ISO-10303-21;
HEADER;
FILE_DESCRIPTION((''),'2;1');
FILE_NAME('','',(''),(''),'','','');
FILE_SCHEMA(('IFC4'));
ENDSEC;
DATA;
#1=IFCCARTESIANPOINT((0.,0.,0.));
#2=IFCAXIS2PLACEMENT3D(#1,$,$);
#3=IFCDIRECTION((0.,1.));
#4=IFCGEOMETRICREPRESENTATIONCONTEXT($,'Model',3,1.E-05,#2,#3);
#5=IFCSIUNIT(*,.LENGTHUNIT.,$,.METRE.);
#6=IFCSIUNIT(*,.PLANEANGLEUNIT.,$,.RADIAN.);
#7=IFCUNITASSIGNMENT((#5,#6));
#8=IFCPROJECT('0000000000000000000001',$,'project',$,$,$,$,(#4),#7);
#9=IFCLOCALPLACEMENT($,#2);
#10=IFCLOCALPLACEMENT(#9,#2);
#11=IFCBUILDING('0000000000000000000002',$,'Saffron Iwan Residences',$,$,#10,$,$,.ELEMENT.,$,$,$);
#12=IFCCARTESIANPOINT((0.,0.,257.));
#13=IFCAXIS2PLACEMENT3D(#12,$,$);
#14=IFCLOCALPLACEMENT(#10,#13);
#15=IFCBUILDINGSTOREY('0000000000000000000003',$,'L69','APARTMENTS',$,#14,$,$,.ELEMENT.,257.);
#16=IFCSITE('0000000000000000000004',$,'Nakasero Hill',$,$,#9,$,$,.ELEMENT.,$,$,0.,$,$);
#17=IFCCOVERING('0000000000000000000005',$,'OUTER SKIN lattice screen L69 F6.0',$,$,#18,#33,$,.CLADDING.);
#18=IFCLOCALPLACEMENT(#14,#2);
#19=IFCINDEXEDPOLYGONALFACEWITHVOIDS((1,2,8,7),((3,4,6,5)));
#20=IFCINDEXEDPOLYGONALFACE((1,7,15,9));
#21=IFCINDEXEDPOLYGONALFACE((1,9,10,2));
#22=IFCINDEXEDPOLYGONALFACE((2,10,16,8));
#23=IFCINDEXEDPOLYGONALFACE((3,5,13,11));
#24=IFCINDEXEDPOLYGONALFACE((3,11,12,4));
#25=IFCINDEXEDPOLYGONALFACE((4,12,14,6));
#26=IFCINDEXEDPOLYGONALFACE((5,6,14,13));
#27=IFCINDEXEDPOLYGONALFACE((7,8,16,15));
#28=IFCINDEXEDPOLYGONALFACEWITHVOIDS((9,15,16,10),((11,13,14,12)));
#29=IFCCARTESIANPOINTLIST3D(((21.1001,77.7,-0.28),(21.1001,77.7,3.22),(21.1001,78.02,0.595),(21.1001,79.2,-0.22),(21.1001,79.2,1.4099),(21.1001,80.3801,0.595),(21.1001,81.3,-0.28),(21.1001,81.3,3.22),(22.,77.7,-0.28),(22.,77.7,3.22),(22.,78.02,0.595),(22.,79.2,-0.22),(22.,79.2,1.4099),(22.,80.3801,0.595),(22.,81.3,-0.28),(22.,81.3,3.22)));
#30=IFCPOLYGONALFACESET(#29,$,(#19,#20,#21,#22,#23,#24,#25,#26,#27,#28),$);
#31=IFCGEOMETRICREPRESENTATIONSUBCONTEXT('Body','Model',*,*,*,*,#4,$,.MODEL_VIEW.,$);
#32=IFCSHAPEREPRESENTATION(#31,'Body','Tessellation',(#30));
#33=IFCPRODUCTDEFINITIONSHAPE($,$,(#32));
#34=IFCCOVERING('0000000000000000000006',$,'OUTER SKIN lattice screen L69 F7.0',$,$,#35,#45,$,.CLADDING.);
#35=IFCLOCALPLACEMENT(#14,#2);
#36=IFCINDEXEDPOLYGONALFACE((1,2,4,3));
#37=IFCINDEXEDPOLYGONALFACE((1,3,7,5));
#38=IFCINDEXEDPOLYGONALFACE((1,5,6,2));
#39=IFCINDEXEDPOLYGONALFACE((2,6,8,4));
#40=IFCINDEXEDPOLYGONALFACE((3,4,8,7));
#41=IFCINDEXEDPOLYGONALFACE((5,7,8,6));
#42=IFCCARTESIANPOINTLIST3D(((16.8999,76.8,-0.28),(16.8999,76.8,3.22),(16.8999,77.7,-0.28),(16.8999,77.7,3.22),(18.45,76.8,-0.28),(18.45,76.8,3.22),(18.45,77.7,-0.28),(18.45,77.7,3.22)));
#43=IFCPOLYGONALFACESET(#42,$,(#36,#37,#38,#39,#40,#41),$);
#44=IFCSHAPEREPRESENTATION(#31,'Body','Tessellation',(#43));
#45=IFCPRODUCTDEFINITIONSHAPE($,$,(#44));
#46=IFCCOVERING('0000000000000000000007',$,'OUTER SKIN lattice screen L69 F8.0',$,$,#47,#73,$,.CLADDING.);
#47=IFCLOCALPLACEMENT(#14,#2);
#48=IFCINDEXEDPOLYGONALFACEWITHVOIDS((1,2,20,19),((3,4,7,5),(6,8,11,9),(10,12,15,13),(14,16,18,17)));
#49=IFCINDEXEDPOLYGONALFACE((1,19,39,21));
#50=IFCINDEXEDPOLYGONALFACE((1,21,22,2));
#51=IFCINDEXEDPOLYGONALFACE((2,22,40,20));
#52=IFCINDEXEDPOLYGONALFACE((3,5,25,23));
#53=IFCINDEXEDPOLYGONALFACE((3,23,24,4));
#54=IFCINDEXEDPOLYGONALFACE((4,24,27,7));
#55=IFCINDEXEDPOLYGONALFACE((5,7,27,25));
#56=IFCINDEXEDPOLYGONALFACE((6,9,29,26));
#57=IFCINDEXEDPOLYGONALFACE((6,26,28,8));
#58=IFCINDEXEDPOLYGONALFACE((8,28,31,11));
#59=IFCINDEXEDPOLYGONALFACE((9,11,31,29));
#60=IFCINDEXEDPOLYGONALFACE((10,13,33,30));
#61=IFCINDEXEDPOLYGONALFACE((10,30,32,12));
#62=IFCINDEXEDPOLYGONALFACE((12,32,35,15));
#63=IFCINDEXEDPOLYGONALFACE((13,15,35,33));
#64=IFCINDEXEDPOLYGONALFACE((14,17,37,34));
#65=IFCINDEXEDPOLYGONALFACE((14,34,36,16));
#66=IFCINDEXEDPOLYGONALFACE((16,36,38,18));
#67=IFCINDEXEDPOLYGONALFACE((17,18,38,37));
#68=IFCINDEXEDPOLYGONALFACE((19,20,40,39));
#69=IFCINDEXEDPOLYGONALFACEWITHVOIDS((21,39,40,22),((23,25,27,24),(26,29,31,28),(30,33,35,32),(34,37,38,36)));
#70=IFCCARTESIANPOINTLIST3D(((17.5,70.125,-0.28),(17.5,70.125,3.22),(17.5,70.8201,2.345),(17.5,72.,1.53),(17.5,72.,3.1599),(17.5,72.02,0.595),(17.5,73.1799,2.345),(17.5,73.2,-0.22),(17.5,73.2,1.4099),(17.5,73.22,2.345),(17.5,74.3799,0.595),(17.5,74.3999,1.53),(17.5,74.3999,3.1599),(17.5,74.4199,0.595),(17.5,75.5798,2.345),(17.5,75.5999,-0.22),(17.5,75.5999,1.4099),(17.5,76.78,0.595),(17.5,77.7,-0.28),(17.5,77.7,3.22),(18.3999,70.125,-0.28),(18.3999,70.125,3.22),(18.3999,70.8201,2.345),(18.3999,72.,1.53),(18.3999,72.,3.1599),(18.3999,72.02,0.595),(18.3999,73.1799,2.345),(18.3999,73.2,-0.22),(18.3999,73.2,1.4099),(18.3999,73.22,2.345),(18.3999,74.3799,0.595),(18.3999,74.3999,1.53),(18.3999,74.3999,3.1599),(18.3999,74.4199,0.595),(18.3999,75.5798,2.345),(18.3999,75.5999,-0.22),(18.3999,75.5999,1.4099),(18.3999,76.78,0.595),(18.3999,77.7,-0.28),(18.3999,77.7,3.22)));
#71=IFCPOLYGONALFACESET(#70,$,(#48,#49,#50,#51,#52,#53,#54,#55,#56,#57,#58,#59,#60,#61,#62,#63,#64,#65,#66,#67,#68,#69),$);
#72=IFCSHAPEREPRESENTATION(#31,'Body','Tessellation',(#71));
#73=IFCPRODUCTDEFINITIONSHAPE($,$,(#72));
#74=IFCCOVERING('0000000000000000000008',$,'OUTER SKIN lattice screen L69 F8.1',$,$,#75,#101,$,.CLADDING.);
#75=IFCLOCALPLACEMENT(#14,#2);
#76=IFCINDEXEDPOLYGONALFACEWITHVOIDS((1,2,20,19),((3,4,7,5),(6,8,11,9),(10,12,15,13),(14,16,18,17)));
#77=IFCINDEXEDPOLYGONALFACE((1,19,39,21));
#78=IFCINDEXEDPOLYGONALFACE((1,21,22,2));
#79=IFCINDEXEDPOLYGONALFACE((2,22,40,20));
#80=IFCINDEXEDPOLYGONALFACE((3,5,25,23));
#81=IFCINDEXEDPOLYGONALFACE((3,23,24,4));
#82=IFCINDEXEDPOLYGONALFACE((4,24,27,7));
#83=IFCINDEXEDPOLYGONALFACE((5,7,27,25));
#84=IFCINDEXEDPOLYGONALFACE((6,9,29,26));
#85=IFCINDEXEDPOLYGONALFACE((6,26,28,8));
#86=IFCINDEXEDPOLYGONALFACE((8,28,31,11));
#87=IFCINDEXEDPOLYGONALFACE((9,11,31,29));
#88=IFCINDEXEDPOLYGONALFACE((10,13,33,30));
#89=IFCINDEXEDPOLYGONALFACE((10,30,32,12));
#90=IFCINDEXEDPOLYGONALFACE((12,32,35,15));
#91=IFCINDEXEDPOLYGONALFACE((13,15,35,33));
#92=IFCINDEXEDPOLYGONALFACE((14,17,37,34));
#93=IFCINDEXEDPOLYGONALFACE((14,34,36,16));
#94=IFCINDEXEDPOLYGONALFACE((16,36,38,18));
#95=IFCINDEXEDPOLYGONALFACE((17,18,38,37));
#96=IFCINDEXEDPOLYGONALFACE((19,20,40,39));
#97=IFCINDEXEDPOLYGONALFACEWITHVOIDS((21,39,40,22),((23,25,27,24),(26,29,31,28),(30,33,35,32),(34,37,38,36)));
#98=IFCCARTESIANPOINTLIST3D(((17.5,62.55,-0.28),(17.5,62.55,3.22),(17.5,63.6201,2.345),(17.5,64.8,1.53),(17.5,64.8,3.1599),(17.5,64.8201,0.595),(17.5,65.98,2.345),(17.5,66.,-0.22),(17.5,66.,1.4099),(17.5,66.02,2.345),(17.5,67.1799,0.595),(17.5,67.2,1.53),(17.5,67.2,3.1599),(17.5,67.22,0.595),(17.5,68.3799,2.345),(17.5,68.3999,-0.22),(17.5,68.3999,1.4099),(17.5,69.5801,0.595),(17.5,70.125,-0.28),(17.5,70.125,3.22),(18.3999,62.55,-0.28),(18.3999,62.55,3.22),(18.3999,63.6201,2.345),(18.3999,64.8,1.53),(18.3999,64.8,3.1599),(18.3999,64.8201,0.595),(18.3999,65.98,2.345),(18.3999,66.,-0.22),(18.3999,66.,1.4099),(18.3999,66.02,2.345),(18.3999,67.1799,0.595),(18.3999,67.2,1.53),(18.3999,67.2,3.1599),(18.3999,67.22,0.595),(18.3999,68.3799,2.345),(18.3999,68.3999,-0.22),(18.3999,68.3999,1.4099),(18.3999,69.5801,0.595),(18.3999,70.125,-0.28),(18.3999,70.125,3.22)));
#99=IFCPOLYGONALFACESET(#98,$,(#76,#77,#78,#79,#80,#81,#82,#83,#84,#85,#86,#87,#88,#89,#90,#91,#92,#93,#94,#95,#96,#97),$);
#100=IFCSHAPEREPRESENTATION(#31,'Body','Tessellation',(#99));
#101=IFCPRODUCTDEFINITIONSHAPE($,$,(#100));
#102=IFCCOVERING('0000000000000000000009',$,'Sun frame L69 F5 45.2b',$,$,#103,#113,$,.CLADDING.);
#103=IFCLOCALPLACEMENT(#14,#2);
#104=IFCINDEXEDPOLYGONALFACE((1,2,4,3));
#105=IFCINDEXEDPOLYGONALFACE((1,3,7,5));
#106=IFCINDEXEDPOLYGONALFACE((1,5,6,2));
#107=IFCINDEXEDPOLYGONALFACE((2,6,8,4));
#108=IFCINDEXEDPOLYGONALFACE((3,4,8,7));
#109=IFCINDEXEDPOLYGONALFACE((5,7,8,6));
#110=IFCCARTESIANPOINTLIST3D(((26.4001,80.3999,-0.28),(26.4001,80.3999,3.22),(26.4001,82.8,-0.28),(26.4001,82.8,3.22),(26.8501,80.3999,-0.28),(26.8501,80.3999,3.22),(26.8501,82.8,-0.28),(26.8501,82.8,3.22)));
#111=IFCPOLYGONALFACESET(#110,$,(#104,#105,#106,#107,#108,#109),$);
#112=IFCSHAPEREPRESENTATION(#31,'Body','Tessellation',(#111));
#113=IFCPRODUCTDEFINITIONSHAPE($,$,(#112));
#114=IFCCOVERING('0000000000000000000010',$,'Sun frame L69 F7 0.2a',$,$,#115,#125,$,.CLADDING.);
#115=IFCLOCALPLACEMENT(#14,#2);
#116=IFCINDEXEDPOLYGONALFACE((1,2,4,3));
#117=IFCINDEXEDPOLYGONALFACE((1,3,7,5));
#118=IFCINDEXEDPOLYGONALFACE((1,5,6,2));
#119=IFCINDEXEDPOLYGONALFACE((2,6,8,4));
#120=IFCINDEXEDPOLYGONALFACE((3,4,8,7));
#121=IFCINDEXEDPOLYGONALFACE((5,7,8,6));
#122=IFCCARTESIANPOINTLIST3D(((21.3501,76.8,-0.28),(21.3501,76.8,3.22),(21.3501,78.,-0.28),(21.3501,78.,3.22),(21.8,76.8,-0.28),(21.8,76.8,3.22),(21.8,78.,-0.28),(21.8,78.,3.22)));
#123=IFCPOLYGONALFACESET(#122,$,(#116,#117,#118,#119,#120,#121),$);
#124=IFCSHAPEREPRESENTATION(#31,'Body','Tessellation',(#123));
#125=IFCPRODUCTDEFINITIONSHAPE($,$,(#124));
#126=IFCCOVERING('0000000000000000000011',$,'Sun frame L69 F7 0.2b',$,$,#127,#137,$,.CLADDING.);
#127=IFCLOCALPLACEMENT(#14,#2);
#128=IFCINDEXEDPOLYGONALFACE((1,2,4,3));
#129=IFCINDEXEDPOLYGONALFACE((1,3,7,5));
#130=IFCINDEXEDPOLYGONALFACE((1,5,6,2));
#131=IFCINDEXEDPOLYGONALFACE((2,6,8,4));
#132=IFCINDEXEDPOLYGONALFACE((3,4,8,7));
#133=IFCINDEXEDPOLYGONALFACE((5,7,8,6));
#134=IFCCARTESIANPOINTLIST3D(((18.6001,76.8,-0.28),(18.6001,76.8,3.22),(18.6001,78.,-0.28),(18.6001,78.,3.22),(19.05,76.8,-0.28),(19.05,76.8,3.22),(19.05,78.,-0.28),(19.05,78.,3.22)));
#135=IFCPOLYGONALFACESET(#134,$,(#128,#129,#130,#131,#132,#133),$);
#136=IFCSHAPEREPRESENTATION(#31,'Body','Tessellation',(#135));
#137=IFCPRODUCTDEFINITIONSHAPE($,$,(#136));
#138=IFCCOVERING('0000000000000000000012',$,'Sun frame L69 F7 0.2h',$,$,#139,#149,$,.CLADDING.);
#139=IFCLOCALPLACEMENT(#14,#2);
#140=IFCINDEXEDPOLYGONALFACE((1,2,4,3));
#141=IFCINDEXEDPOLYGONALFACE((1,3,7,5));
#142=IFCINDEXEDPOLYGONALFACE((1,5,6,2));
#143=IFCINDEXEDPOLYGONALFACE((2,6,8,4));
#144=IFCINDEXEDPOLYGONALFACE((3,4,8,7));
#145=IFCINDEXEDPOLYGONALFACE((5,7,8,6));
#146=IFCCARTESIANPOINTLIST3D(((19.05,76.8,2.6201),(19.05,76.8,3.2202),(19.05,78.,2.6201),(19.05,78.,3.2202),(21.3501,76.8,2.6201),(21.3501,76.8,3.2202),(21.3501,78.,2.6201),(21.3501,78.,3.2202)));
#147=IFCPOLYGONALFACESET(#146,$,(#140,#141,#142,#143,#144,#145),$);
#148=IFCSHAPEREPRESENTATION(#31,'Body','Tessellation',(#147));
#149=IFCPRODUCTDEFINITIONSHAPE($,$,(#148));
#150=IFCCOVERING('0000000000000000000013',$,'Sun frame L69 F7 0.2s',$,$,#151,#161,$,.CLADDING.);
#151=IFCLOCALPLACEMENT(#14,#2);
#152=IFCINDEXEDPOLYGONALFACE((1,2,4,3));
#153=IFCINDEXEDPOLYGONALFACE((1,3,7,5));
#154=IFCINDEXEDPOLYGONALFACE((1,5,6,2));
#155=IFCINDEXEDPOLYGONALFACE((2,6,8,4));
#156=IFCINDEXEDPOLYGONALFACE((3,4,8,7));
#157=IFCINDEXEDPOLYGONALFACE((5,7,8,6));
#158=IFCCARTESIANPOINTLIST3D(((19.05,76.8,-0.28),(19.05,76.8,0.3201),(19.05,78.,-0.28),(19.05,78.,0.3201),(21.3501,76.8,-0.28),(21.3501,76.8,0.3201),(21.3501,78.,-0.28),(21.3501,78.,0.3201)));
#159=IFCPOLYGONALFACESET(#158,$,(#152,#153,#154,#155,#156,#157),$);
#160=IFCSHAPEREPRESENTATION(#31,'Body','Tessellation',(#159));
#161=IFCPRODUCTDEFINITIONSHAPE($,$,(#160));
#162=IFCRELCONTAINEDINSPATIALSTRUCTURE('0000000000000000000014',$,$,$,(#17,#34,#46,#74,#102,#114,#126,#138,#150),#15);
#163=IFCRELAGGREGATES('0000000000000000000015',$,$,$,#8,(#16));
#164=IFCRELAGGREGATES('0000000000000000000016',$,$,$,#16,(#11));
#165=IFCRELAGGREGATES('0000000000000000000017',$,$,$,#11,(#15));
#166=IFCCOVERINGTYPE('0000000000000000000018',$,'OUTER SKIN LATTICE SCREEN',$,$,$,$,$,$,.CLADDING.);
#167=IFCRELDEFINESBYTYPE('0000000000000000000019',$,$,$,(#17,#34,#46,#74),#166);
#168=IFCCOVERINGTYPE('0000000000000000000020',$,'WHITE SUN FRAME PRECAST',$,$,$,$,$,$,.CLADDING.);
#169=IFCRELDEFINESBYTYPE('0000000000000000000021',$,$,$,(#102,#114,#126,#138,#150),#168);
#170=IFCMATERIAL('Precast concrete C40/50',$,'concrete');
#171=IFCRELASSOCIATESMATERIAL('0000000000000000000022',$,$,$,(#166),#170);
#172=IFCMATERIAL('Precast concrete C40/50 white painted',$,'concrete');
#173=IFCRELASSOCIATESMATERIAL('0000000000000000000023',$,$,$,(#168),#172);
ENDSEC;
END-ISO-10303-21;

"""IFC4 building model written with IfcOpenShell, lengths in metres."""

from ifc_helpers import new_model, si_unit, direction, frame, origin, place, context, subcontext, project, spatial, polyline, outline, extrude, material, type_object, element, save


model = new_model("IFC4")

# Units and contexts
model_context = context("Model", 3, precision=1e-05, world=origin(), true_north=direction((0.0, 1.0)))
body_context = subcontext(model_context, "Body", "Model", "MODEL_VIEW")
ifc_project = project(units=[si_unit("LENGTHUNIT", "METRE"), si_unit("PLANEANGLEUNIT", "RADIAN")], contexts=[model_context])

# Site, building, storey
site_placement = place(None, origin())
site = spatial("IfcSite", under=ifc_project, at=site_placement, Name="Nakasero Hill", CompositionType="ELEMENT", RefElevation=0.0)
building_placement = place(site_placement, origin())
building = spatial("IfcBuilding", under=site, at=building_placement, Name="Saffron Iwan Residences", CompositionType="ELEMENT")
storey_placement = place(building_placement, frame((0.0, 0.0, 257.0)))
storey = spatial("IfcBuildingStorey", under=building, at=storey_placement, Name="L69", Description="APARTMENTS", CompositionType="ELEMENT", Elevation=257.0)

# Coverings
ifc_material_1 = material(Name="Precast concrete C40/50", Category="concrete")
covering_type_1 = type_object("IfcCoveringType", Name="OUTER SKIN LATTICE SCREEN", PredefinedType="CLADDING", material=ifc_material_1)
covering_1_placement = place(storey_placement, frame((22.0, 81.3, -0.28), z_axis=(-1.0, 0.0, 0.0), x_axis=(0.0, -1.0, 0.0)))
element("IfcCovering", 1, at=covering_1_placement, inside=storey, type_object=covering_type_1, Name="OUTER SKIN lattice screen L69 F6.0", PredefinedType="CLADDING", context=body_context, shape_type="SweptSolid", body=[
    extrude(outline(polyline([(0.0, 0.0), (3.6001, 0.0), (3.6001, 3.5), (0.0, 3.5), (0.0, 0.0)]), holes=[polyline([(0.9199, 0.875), (2.1001, 0.0601), (3.28, 0.875), (2.1001, 1.6899), (0.9199, 0.875)])]), origin(), (0.0, 0.0, 1.0), 0.8999),
])
covering_2_placement = place(storey_placement, frame((18.45, 76.8, -0.28), z_axis=(0.0, 1.0, 0.0), x_axis=(-1.0, 0.0, 0.0)))
element("IfcCovering", 2, at=covering_2_placement, inside=storey, type_object=covering_type_1, Name="OUTER SKIN lattice screen L69 F7.0", PredefinedType="CLADDING", context=body_context, shape_type="SweptSolid", body=[
    extrude(outline(polyline([(0.0, 0.0), (1.55, 0.0), (1.55, 3.5), (0.0, 3.5), (0.0, 0.0)])), origin(), (0.0, 0.0, 1.0), 0.8999),
])
covering_3_placement = place(storey_placement, frame((18.3999, 77.7, -0.28), z_axis=(-1.0, 0.0, 0.0), x_axis=(0.0, -1.0, 0.0)))
element("IfcCovering", 3, at=covering_3_placement, inside=storey, type_object=covering_type_1, Name="OUTER SKIN lattice screen L69 F8.0", PredefinedType="CLADDING", context=body_context, shape_type="SweptSolid", body=[
    extrude(outline(polyline([(0.0, 0.0), (7.575, 0.0), (7.575, 3.5), (0.0, 3.5), (0.0, 0.0)]), holes=[polyline([(0.9199, 0.875), (2.1001, 0.0601), (3.28, 0.875), (2.1001, 1.6899), (0.9199, 0.875)]), polyline([(3.3201, 0.875), (4.5, 0.0601), (5.6799, 0.875), (4.5, 1.6899), (3.3201, 0.875)]), polyline([(2.1201, 2.625), (3.3, 1.8101), (4.48, 2.625), (3.3, 3.4399), (2.1201, 2.625)]), polyline([(4.52, 2.625), (5.7, 1.8101), (6.8799, 2.625), (5.7, 3.4399), (4.52, 2.625)])]), origin(), (0.0, 0.0, 1.0), 0.8999),
])
covering_4_placement = place(storey_placement, frame((18.3999, 70.125, -0.28), z_axis=(-1.0, 0.0, 0.0), x_axis=(0.0, -1.0, 0.0)))
element("IfcCovering", 4, at=covering_4_placement, inside=storey, type_object=covering_type_1, Name="OUTER SKIN lattice screen L69 F8.1", PredefinedType="CLADDING", context=body_context, shape_type="SweptSolid", body=[
    extrude(outline(polyline([(0.0, 0.0), (7.575, 0.0), (7.575, 3.5), (0.0, 3.5), (0.0, 0.0)]), holes=[polyline([(0.5449, 0.875), (1.7251, 0.0601), (2.905, 0.875), (1.7251, 1.6899), (0.5449, 0.875)]), polyline([(2.9451, 0.875), (4.125, 0.0601), (5.3049, 0.875), (4.125, 1.6899), (2.9451, 0.875)]), polyline([(1.7451, 2.625), (2.925, 1.8101), (4.105, 2.625), (2.925, 3.4399), (1.7451, 2.625)]), polyline([(4.145, 2.625), (5.325, 1.8101), (6.5049, 2.625), (5.325, 3.4399), (4.145, 2.625)])]), origin(), (0.0, 0.0, 1.0), 0.8999),
])
ifc_material_2 = material(Name="Precast concrete C40/50 white painted", Category="concrete")
covering_type_2 = type_object("IfcCoveringType", Name="WHITE SUN FRAME PRECAST", PredefinedType="CLADDING", material=ifc_material_2)
covering_5_placement = place(storey_placement, frame((26.8501, 80.3999, -0.28), z_axis=(0.0, 1.0, 0.0), x_axis=(-1.0, 0.0, 0.0)))
element("IfcCovering", 5, at=covering_5_placement, inside=storey, type_object=covering_type_2, Name="Sun frame L69 F5 45.2b", PredefinedType="CLADDING", context=body_context, shape_type="SweptSolid", body=[
    extrude(outline(polyline([(0.0, 0.0), (0.45, 0.0), (0.45, 3.5), (0.0, 3.5), (0.0, 0.0)])), origin(), (0.0, 0.0, 1.0), 2.4001),
])
for number, where, z_axis, x_axis, name in (
    (6, (21.8, 76.8, -0.28), (0.0, 1.0, 0.0), (-1.0, 0.0, 0.0), "Sun frame L69 F7 0.2a"),
    (7, (19.05, 76.8, -0.28), (0.0, 1.0, 0.0), (-1.0, 0.0, 0.0), "Sun frame L69 F7 0.2b"),
):
    element("IfcCovering", number, at=place(storey_placement, frame(where, z_axis=z_axis, x_axis=x_axis)), inside=storey, type_object=covering_type_2, Name=name, PredefinedType="CLADDING", context=body_context, shape_type="SweptSolid", body=[
        extrude(outline(polyline([(0.0, 0.0), (0.45, 0.0), (0.45, 3.5), (0.0, 3.5), (0.0, 0.0)])), origin(), (0.0, 0.0, 1.0), 1.2),
    ])
for number, where, z_axis, x_axis, name in (
    (8, (21.3501, 76.8, 2.6201), (0.0, 1.0, 0.0), (-1.0, 0.0, 0.0), "Sun frame L69 F7 0.2h"),
    (9, (21.3501, 76.8, -0.28), (0.0, 1.0, 0.0), (-1.0, 0.0, 0.0), "Sun frame L69 F7 0.2s"),
):
    element("IfcCovering", number, at=place(storey_placement, frame(where, z_axis=z_axis, x_axis=x_axis)), inside=storey, type_object=covering_type_2, Name=name, PredefinedType="CLADDING", context=body_context, shape_type="SweptSolid", body=[
        extrude(outline(polyline([(0.0, 0.0), (2.3, 0.0), (2.3, 0.6001), (0.0, 0.6001), (0.0, 0.0)])), origin(), (0.0, 0.0, 1.0), 1.2),
    ])

save(model, "model.ifc")
